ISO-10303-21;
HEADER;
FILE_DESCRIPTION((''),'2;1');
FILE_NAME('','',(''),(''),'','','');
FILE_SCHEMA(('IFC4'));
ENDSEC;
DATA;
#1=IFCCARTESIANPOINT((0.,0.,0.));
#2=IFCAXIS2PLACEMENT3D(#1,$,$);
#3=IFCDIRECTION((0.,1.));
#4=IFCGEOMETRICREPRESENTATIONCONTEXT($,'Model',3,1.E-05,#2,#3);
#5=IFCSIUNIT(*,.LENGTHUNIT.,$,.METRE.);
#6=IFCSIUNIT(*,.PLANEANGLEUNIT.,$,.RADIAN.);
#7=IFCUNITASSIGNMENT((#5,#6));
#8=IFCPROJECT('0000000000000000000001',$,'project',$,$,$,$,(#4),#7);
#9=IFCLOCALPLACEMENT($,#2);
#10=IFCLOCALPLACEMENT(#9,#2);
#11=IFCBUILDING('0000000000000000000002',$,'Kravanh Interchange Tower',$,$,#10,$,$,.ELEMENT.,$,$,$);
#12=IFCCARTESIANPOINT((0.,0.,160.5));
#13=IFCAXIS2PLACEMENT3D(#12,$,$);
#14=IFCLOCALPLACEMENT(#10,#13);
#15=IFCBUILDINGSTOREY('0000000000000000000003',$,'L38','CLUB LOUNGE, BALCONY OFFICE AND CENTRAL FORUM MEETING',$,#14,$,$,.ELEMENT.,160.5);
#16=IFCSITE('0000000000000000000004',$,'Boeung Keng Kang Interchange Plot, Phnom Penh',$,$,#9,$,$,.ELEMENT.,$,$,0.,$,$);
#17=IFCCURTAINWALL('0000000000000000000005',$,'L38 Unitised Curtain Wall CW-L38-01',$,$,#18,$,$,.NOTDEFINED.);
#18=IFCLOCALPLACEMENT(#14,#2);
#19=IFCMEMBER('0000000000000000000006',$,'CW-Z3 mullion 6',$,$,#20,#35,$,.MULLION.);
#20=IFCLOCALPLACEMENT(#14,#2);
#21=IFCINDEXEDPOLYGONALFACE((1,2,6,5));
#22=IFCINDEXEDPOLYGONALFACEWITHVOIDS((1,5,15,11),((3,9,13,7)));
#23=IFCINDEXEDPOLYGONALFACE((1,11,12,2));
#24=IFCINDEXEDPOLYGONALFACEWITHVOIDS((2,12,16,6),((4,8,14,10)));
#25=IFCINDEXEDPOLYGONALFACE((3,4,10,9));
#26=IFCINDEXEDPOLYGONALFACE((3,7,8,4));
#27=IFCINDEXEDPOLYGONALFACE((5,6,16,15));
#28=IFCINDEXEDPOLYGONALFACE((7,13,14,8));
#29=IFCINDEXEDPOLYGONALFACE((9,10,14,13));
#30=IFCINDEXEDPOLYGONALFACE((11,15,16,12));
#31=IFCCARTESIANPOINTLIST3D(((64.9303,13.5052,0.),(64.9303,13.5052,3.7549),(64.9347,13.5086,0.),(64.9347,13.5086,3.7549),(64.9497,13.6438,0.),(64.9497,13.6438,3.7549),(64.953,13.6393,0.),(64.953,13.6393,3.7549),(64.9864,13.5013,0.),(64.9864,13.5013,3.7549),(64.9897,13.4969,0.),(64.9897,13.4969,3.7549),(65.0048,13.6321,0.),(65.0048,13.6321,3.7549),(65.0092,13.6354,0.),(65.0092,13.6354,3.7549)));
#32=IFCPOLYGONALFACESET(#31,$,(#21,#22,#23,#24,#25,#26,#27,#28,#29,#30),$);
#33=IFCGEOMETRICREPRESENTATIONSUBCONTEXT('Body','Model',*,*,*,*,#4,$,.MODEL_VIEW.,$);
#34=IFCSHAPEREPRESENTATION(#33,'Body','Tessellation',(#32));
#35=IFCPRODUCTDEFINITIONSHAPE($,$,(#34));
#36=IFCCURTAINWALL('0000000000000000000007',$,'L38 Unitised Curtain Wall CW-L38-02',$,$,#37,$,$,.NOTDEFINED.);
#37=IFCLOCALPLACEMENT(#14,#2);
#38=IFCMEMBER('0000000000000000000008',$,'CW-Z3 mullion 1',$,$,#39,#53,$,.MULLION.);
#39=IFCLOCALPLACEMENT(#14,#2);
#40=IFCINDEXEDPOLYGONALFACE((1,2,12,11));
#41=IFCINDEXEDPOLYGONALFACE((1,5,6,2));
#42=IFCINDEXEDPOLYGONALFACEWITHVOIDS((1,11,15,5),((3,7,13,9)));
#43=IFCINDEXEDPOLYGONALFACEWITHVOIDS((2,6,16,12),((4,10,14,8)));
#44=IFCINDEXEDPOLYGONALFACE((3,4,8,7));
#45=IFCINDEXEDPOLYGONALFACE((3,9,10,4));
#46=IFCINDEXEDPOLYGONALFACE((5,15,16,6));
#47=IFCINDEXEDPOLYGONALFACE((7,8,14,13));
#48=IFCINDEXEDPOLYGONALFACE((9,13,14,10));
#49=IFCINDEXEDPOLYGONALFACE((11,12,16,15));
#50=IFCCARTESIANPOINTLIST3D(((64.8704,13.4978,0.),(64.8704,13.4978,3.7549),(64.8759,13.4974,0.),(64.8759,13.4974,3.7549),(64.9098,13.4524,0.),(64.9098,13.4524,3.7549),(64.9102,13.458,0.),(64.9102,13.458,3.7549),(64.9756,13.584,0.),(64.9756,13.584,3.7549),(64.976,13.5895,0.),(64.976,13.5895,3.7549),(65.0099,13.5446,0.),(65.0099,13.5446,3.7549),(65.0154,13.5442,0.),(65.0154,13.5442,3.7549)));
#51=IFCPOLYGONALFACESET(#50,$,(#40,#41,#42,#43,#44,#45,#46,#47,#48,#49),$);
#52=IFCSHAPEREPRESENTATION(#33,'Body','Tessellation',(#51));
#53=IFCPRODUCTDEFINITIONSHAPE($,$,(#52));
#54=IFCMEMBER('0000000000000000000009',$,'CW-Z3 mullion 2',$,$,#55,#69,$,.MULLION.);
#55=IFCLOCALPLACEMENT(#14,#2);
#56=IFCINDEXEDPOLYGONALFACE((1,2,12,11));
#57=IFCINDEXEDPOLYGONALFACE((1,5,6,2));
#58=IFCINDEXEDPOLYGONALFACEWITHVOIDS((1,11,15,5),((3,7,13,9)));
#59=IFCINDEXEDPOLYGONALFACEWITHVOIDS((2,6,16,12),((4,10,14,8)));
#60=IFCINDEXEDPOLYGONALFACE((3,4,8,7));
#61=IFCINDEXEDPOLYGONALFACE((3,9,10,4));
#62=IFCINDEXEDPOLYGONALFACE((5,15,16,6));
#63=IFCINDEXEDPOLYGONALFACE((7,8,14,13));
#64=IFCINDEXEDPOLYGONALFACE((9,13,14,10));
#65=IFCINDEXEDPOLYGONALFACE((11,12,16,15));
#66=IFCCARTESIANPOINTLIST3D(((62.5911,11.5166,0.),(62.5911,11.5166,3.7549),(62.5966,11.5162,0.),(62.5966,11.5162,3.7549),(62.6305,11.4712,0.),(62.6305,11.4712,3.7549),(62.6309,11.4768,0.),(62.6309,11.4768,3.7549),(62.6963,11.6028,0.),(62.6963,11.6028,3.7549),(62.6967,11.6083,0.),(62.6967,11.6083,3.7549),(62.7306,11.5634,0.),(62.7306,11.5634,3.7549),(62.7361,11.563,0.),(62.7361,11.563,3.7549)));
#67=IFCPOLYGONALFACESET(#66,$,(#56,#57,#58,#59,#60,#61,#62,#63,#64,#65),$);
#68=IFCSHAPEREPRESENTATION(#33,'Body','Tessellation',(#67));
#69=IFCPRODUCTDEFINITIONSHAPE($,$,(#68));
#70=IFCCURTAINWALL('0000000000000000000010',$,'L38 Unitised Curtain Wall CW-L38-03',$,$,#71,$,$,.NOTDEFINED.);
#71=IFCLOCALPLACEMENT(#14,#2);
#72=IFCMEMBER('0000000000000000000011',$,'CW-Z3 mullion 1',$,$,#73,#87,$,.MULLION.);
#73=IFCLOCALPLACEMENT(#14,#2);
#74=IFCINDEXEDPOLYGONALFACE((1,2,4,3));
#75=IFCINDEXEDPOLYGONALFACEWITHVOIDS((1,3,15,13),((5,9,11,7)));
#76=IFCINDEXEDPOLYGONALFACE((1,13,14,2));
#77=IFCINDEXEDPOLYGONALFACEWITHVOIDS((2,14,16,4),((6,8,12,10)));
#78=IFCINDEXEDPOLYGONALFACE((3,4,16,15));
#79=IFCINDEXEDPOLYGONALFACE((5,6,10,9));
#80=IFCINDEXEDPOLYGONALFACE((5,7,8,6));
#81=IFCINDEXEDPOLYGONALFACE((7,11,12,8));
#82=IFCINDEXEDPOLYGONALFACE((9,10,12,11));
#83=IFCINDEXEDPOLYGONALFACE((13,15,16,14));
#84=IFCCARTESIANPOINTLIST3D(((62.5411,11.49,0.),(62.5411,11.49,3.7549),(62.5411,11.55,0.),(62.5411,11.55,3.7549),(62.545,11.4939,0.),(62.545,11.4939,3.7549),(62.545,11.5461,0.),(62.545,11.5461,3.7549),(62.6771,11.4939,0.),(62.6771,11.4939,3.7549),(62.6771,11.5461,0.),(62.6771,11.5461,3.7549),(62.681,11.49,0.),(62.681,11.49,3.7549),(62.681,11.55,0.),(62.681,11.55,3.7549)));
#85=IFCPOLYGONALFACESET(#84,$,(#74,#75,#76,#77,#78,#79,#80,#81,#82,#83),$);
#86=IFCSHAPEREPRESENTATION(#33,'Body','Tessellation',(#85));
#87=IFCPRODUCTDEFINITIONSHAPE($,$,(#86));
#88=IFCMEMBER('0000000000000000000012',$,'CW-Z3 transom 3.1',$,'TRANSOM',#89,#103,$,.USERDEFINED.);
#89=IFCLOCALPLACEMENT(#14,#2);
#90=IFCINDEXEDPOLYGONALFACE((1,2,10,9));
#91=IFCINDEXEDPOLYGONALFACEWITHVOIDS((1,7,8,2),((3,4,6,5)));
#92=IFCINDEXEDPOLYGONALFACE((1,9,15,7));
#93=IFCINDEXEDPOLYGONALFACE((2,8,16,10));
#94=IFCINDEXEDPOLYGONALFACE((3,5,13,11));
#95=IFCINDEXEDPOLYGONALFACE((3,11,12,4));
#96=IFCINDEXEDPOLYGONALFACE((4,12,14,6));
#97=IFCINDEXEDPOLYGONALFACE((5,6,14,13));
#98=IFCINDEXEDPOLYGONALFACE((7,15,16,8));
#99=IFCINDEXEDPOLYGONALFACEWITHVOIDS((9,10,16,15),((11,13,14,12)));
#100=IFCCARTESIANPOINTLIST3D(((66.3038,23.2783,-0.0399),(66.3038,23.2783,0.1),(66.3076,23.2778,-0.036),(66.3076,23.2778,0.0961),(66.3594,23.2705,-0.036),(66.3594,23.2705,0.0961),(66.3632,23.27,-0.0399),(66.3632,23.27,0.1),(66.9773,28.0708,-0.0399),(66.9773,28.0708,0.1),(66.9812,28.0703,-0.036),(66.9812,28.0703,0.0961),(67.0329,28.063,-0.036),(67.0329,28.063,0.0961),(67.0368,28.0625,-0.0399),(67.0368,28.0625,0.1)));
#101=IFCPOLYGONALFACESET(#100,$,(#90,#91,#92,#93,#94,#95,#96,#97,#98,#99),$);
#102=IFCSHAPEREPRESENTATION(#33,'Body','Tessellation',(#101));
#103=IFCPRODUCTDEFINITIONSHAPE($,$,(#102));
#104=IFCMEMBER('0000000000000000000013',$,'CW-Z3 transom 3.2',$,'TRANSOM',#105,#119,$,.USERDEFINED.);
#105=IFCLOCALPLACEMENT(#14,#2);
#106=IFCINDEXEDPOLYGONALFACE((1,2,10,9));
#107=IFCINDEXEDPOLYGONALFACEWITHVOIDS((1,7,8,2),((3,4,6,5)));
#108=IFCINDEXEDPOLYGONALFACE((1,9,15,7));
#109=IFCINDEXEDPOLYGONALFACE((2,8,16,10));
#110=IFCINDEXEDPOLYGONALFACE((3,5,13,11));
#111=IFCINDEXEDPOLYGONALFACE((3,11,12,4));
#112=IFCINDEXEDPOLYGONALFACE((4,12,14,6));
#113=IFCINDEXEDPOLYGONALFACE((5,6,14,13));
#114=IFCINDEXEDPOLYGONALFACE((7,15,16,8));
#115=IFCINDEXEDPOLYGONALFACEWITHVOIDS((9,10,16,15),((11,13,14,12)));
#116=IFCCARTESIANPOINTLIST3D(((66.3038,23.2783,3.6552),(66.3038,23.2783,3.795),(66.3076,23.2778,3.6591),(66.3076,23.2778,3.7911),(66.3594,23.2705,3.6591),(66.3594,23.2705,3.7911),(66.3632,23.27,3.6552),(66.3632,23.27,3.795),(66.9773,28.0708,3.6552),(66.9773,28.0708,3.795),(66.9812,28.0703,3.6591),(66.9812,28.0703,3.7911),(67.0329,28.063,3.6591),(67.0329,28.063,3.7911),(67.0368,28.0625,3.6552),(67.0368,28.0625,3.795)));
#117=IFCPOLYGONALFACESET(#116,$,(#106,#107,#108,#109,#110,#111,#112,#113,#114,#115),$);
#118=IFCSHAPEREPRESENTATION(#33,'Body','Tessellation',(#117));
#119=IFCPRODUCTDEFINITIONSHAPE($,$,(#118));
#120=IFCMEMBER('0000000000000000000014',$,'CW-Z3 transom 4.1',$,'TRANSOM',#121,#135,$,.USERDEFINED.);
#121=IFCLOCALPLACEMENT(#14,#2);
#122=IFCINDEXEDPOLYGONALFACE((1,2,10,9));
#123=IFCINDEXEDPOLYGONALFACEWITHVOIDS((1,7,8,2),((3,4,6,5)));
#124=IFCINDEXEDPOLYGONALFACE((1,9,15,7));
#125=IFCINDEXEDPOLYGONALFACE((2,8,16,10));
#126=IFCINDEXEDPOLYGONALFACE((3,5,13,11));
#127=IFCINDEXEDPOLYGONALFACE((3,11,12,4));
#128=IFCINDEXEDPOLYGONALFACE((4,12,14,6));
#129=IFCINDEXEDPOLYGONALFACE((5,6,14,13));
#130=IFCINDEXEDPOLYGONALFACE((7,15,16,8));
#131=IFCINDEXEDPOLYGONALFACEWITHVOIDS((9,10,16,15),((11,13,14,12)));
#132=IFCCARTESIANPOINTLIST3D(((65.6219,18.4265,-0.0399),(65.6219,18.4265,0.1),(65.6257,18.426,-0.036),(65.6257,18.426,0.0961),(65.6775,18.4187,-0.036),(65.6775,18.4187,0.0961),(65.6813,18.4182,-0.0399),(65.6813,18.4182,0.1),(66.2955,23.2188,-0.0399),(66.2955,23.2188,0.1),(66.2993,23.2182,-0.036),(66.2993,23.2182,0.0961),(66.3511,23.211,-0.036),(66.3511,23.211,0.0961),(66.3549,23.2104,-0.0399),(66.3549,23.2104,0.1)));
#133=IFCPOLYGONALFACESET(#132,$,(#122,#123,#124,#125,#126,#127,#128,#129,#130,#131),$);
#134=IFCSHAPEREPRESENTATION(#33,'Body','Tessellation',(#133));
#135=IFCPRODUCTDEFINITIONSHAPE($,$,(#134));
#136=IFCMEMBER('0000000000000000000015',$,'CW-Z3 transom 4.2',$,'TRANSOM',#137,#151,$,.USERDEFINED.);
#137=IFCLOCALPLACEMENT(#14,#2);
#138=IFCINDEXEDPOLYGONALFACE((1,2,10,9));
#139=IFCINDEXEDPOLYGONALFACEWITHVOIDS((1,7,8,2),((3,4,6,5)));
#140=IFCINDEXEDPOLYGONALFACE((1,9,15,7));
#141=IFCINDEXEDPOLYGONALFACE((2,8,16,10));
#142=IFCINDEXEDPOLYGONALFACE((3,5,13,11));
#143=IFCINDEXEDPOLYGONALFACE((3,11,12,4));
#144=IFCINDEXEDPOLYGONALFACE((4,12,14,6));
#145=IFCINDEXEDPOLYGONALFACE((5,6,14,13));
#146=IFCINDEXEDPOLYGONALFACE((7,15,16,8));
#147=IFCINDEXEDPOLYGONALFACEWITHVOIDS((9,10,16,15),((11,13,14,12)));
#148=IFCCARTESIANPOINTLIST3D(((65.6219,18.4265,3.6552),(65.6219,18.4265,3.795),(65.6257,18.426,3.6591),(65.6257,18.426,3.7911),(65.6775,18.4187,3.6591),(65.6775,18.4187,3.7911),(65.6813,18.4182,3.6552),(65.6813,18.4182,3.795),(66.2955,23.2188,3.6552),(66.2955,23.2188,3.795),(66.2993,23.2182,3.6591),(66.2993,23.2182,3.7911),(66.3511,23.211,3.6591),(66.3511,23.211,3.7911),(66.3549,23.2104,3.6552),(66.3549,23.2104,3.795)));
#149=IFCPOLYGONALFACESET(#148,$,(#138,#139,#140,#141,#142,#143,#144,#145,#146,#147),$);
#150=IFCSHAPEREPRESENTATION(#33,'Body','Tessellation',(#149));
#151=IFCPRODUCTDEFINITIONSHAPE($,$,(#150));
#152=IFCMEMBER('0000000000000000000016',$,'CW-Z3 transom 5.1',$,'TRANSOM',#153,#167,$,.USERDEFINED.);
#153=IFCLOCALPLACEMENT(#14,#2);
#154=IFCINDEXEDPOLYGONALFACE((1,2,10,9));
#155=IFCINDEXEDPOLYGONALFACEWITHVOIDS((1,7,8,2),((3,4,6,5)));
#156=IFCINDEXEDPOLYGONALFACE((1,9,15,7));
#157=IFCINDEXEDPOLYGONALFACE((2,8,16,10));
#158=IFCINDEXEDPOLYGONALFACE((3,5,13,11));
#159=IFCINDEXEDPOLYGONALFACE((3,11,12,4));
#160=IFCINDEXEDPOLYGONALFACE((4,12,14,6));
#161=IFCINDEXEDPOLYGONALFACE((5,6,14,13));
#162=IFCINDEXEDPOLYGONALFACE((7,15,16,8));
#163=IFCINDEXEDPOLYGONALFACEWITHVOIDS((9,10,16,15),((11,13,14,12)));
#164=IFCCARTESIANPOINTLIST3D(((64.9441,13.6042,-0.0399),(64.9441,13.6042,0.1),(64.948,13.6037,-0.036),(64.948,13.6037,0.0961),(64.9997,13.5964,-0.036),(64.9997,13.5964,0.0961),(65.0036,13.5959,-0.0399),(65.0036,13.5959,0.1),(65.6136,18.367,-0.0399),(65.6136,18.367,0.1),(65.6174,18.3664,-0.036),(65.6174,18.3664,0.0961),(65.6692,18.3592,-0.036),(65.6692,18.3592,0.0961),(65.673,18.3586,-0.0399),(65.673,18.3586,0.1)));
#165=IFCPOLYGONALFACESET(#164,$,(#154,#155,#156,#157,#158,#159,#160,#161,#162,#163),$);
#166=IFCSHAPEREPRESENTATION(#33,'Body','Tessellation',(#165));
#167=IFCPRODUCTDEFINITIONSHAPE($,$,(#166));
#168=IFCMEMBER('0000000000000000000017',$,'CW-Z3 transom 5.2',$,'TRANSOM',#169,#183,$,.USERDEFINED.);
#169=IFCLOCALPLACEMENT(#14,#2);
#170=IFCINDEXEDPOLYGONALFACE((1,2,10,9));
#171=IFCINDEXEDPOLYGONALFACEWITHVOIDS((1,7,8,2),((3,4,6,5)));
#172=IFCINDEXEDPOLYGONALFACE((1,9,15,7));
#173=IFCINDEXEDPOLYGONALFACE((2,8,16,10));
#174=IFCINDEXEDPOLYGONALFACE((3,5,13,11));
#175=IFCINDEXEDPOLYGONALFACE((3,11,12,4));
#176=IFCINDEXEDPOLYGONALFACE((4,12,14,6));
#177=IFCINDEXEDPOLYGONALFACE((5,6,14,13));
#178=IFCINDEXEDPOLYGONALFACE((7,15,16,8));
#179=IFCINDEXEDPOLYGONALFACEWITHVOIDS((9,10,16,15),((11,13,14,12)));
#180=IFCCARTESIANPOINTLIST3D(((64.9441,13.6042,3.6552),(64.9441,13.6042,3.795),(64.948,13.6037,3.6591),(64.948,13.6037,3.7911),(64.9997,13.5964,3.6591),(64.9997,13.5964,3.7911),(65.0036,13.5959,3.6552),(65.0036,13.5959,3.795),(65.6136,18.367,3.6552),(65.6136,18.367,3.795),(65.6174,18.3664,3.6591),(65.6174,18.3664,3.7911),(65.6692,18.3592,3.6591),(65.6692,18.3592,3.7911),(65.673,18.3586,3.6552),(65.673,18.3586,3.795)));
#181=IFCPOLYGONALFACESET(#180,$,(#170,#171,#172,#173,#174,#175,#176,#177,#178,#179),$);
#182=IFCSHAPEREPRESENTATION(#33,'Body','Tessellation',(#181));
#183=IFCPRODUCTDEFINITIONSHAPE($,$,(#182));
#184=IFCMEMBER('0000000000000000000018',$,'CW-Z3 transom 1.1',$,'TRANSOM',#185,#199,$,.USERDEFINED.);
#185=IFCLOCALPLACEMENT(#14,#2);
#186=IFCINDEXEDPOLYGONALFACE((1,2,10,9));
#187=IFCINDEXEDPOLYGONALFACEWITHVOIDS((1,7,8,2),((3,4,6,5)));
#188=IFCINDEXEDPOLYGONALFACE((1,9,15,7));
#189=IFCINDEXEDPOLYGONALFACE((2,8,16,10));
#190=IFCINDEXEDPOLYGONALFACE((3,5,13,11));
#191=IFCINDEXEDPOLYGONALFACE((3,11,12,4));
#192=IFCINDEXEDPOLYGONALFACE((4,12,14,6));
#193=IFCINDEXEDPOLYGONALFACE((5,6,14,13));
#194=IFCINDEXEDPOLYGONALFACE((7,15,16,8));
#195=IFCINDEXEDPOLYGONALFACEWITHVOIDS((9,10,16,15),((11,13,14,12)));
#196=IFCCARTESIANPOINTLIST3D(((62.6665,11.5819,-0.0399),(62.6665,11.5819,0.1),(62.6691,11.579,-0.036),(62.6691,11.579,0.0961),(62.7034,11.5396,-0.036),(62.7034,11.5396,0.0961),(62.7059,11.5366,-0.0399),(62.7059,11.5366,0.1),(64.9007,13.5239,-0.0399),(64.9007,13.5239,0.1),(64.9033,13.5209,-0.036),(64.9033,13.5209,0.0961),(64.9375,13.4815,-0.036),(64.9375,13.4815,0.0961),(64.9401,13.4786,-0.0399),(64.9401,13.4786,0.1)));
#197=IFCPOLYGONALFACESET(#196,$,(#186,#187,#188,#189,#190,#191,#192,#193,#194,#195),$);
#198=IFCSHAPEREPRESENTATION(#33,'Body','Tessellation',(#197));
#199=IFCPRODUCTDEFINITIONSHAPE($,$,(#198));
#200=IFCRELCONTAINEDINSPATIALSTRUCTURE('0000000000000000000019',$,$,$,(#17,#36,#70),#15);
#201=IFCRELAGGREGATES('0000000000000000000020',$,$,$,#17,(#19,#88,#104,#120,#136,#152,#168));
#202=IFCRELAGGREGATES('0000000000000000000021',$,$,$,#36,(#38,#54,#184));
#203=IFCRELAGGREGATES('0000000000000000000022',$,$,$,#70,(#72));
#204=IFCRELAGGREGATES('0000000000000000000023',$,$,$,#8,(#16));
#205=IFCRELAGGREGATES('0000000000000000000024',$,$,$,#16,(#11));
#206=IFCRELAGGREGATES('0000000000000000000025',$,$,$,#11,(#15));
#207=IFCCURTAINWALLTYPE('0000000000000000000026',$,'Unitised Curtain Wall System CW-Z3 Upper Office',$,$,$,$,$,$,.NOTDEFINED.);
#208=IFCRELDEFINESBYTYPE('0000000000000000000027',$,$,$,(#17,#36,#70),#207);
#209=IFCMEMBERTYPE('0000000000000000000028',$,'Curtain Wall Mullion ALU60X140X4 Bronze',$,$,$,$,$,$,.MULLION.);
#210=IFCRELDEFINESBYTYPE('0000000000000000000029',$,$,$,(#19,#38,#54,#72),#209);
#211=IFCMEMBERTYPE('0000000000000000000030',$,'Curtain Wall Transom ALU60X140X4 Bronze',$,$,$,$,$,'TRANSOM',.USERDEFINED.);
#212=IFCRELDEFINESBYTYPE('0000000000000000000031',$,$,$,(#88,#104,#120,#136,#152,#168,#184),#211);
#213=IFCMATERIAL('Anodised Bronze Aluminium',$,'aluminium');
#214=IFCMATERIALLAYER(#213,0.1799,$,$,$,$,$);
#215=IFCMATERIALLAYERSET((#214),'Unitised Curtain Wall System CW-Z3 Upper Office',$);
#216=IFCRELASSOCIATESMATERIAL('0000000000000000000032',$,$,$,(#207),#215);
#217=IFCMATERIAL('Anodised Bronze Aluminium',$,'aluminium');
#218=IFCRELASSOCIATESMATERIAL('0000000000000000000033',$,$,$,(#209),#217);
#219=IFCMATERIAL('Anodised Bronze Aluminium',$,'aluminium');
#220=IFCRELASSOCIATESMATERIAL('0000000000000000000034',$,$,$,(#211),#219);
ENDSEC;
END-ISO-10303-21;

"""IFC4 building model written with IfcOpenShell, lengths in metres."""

from ifc_helpers import new_model, si_unit, direction, frame, origin, origin_2d, place, context, subcontext, project, spatial, hollow_rectangle, extrude, material, layer, layer_set, material_profile, profile_set, type_object, element, aggregate, save


model = new_model("IFC4")

# Units and contexts
model_context = context("Model", 3, precision=1e-05, world=origin(), true_north=direction((0.0, 1.0)))
body_context = subcontext(model_context, "Body", "Model", "MODEL_VIEW")
ifc_project = project(units=[si_unit("LENGTHUNIT", "METRE"), si_unit("PLANEANGLEUNIT", "RADIAN")], contexts=[model_context])

# Site, building, storey
site_placement = place(None, origin())
site = spatial("IfcSite", under=ifc_project, at=site_placement, Name="Boeung Keng Kang Interchange Plot, Phnom Penh", CompositionType="ELEMENT", RefElevation=0.0)
building_placement = place(site_placement, origin())
building = spatial("IfcBuilding", under=site, at=building_placement, Name="Kravanh Interchange Tower", CompositionType="ELEMENT")
storey_placement = place(building_placement, frame((0.0, 0.0, 160.5)))
storey = spatial("IfcBuildingStorey", under=building, at=storey_placement, Name="L38", Description="CLUB LOUNGE, BALCONY OFFICE AND CENTRAL FORUM MEETING", CompositionType="ELEMENT", Elevation=160.5)

# Curtain walls, members
ifc_material_1 = material(Name="Anodised Bronze Aluminium", Category="aluminium")
ifc_layer_1 = layer(ifc_material_1, 0.1799)
ifc_layer_set_1 = layer_set([ifc_layer_1], Name="Unitised Curtain Wall System CW-Z3 Upper Office")
curtain_wall_type = type_object("IfcCurtainWallType", Name="Unitised Curtain Wall System CW-Z3 Upper Office", PredefinedType="NOTDEFINED", material=ifc_layer_set_1)
curtain_wall_1_placement = place(storey_placement, origin())
curtain_wall_1 = element("IfcCurtainWall", 1, at=curtain_wall_1_placement, inside=storey, type_object=curtain_wall_type, Name="L38 Unitised Curtain Wall CW-L38-01", PredefinedType="NOTDEFINED")
ifc_material_2 = material(Name="Anodised Bronze Aluminium", Category="aluminium")
ifc_material_profile_1 = material_profile(ifc_material_2, hollow_rectangle(XDim=0.0601, YDim=0.1399, WallThickness=0.0039, at=origin_2d()), Name="ALU60X140X4")
ifc_profile_set_1 = profile_set([ifc_material_profile_1], Name="Anodised Bronze Aluminium")
member_type_1 = type_object("IfcMemberType", Name="Curtain Wall Mullion ALU60X140X4 Bronze", PredefinedType="MULLION", material=ifc_profile_set_1)
member_1_placement = place(storey_placement, frame((64.9697, 13.5703, 0.0), z_axis=(0.0, 0.0, 1.0), x_axis=(0.990268, -0.139172, 0.0)))
member_1 = element("IfcMember", 2, at=member_1_placement, type_object=member_type_1, Name="CW-Z3 mullion 6", PredefinedType="MULLION", context=body_context, shape_type="SweptSolid", body=[
    extrude(hollow_rectangle(XDim=0.0601, YDim=0.1399, WallThickness=0.0039, at=origin_2d()), origin(), (0.0, 0.0, 1.0), 3.7549),
])
curtain_wall_2_placement = place(storey_placement, origin())
curtain_wall_2 = element("IfcCurtainWall", 3, at=curtain_wall_2_placement, inside=storey, type_object=curtain_wall_type, Name="L38 Unitised Curtain Wall CW-L38-02", PredefinedType="NOTDEFINED")
member_2_placement = place(storey_placement, frame((64.9429, 13.521, 0.0), z_axis=(0.0, 0.0, 1.0), x_axis=(0.656051, -0.754717, 0.0)))
member_2 = element("IfcMember", 4, at=member_2_placement, type_object=member_type_1, Name="CW-Z3 mullion 1", PredefinedType="MULLION", context=body_context, shape_type="SweptSolid", body=[
    extrude(hollow_rectangle(XDim=0.0601, YDim=0.1399, WallThickness=0.0039, at=origin_2d()), origin(), (0.0, 0.0, 1.0), 3.7549),
])
member_3_placement = place(storey_placement, frame((62.6636, 11.5398, 0.0), z_axis=(0.0, 0.0, 1.0), x_axis=(0.656051, -0.754717, 0.0)))
member_3 = element("IfcMember", 5, at=member_3_placement, type_object=member_type_1, Name="CW-Z3 mullion 2", PredefinedType="MULLION", context=body_context, shape_type="SweptSolid", body=[
    extrude(hollow_rectangle(XDim=0.0601, YDim=0.1399, WallThickness=0.0039, at=origin_2d()), origin(), (0.0, 0.0, 1.0), 3.7549),
])

# Curtain wall, member
curtain_wall_3_placement = place(storey_placement, origin())
curtain_wall_3 = element("IfcCurtainWall", 6, at=curtain_wall_3_placement, inside=storey, type_object=curtain_wall_type, Name="L38 Unitised Curtain Wall CW-L38-03", PredefinedType="NOTDEFINED")
member_4_placement = place(storey_placement, frame((62.6111, 11.52, 0.0), z_axis=(0.0, 0.0, 1.0), x_axis=(0.0, -1.0, 0.0)))
member_4 = element("IfcMember", 7, at=member_4_placement, type_object=member_type_1, Name="CW-Z3 mullion 1", PredefinedType="MULLION", context=body_context, shape_type="SweptSolid", body=[
    extrude(hollow_rectangle(XDim=0.0601, YDim=0.1399, WallThickness=0.0039, at=origin_2d()), origin(), (0.0, 0.0, 1.0), 3.7549),
])

# Members
ifc_material_3 = material(Name="Anodised Bronze Aluminium", Category="aluminium")
ifc_material_profile_2 = material_profile(ifc_material_3, hollow_rectangle(XDim=0.0601, YDim=0.1399, WallThickness=0.0039, at=origin_2d()), Name="ALU60X140X4")
ifc_profile_set_2 = profile_set([ifc_material_profile_2], Name="Anodised Bronze Aluminium")
member_type_2 = type_object("IfcMemberType", Name="Curtain Wall Transom ALU60X140X4 Bronze", ElementType="TRANSOM", PredefinedType="USERDEFINED", material=ifc_profile_set_2)
member_5_placement = place(storey_placement, frame((67.0071, 28.0667, 0.03), z_axis=(-0.139182, -0.990267, 0.0), x_axis=(0.990267, -0.139182, 0.0)))
member_5 = element("IfcMember", 8, at=member_5_placement, type_object=member_type_2, Name="CW-Z3 transom 3.1", ObjectType="TRANSOM", PredefinedType="USERDEFINED", context=body_context, shape_type="SweptSolid", body=[
    extrude(hollow_rectangle(XDim=0.0601, YDim=0.1399, WallThickness=0.0039, at=origin_2d()), origin(), (0.0, 0.0, 1.0), 4.8396),
])
member_6_placement = place(storey_placement, frame((67.0071, 28.0667, 3.7251), z_axis=(-0.139182, -0.990267, 0.0), x_axis=(0.990267, -0.139182, 0.0)))
member_6 = element("IfcMember", 9, at=member_6_placement, type_object=member_type_2, Name="CW-Z3 transom 3.2", ObjectType="TRANSOM", PredefinedType="USERDEFINED", context=body_context, shape_type="SweptSolid", body=[
    extrude(hollow_rectangle(XDim=0.0601, YDim=0.1399, WallThickness=0.0039, at=origin_2d()), origin(), (0.0, 0.0, 1.0), 4.8396),
])
member_7_placement = place(storey_placement, frame((66.3252, 23.2146, 0.03), z_axis=(-0.139189, -0.990266, 0.0), x_axis=(0.990266, -0.139189, 0.0)))
member_7 = element("IfcMember", 10, at=member_7_placement, type_object=member_type_2, Name="CW-Z3 transom 4.1", ObjectType="TRANSOM", PredefinedType="USERDEFINED", context=body_context, shape_type="SweptSolid", body=[
    extrude(hollow_rectangle(XDim=0.0601, YDim=0.1399, WallThickness=0.0039, at=origin_2d()), origin(), (0.0, 0.0, 1.0), 4.8394),
])
member_8_placement = place(storey_placement, frame((66.3252, 23.2146, 3.7251), z_axis=(-0.139189, -0.990266, 0.0), x_axis=(0.990266, -0.139189, 0.0)))
member_8 = element("IfcMember", 11, at=member_8_placement, type_object=member_type_2, Name="CW-Z3 transom 4.2", ObjectType="TRANSOM", PredefinedType="USERDEFINED", context=body_context, shape_type="SweptSolid", body=[
    extrude(hollow_rectangle(XDim=0.0601, YDim=0.1399, WallThickness=0.0039, at=origin_2d()), origin(), (0.0, 0.0, 1.0), 4.8394),
])
member_9_placement = place(storey_placement, frame((65.6433, 18.3628, 0.03), z_axis=(-0.139189, -0.990266, 0.0), x_axis=(0.990266, -0.139189, 0.0)))
member_9 = element("IfcMember", 12, at=member_9_placement, type_object=member_type_2, Name="CW-Z3 transom 5.1", ObjectType="TRANSOM", PredefinedType="USERDEFINED", context=body_context, shape_type="SweptSolid", body=[
    extrude(hollow_rectangle(XDim=0.0601, YDim=0.1399, WallThickness=0.0039, at=origin_2d()), origin(), (0.0, 0.0, 1.0), 4.8096),
])
member_10_placement = place(storey_placement, frame((65.6433, 18.3628, 3.7251), z_axis=(-0.139189, -0.990266, 0.0), x_axis=(0.990266, -0.139189, 0.0)))
member_10 = element("IfcMember", 13, at=member_10_placement, type_object=member_type_2, Name="CW-Z3 transom 5.2", ObjectType="TRANSOM", PredefinedType="USERDEFINED", context=body_context, shape_type="SweptSolid", body=[
    extrude(hollow_rectangle(XDim=0.0601, YDim=0.1399, WallThickness=0.0039, at=origin_2d()), origin(), (0.0, 0.0, 1.0), 4.8096),
])
member_11_placement = place(storey_placement, frame((64.9204, 13.5012, 0.03), z_axis=(-0.754744, -0.656019, 0.0), x_axis=(0.656019, -0.754744, 0.0)))
member_11 = element("IfcMember", 14, at=member_11_placement, type_object=member_type_2, Name="CW-Z3 transom 1.1", ObjectType="TRANSOM", PredefinedType="USERDEFINED", context=body_context, shape_type="SweptSolid", body=[
    extrude(hollow_rectangle(XDim=0.0601, YDim=0.1399, WallThickness=0.0039, at=origin_2d()), origin(), (0.0, 0.0, 1.0), 2.9602),
])

aggregate(curtain_wall_1, [member_1, member_5, member_6, member_7, member_8, member_9, member_10])
aggregate(curtain_wall_2, [member_2, member_3, member_11])
aggregate(curtain_wall_3, [member_4])

save(model, "model.ifc")
